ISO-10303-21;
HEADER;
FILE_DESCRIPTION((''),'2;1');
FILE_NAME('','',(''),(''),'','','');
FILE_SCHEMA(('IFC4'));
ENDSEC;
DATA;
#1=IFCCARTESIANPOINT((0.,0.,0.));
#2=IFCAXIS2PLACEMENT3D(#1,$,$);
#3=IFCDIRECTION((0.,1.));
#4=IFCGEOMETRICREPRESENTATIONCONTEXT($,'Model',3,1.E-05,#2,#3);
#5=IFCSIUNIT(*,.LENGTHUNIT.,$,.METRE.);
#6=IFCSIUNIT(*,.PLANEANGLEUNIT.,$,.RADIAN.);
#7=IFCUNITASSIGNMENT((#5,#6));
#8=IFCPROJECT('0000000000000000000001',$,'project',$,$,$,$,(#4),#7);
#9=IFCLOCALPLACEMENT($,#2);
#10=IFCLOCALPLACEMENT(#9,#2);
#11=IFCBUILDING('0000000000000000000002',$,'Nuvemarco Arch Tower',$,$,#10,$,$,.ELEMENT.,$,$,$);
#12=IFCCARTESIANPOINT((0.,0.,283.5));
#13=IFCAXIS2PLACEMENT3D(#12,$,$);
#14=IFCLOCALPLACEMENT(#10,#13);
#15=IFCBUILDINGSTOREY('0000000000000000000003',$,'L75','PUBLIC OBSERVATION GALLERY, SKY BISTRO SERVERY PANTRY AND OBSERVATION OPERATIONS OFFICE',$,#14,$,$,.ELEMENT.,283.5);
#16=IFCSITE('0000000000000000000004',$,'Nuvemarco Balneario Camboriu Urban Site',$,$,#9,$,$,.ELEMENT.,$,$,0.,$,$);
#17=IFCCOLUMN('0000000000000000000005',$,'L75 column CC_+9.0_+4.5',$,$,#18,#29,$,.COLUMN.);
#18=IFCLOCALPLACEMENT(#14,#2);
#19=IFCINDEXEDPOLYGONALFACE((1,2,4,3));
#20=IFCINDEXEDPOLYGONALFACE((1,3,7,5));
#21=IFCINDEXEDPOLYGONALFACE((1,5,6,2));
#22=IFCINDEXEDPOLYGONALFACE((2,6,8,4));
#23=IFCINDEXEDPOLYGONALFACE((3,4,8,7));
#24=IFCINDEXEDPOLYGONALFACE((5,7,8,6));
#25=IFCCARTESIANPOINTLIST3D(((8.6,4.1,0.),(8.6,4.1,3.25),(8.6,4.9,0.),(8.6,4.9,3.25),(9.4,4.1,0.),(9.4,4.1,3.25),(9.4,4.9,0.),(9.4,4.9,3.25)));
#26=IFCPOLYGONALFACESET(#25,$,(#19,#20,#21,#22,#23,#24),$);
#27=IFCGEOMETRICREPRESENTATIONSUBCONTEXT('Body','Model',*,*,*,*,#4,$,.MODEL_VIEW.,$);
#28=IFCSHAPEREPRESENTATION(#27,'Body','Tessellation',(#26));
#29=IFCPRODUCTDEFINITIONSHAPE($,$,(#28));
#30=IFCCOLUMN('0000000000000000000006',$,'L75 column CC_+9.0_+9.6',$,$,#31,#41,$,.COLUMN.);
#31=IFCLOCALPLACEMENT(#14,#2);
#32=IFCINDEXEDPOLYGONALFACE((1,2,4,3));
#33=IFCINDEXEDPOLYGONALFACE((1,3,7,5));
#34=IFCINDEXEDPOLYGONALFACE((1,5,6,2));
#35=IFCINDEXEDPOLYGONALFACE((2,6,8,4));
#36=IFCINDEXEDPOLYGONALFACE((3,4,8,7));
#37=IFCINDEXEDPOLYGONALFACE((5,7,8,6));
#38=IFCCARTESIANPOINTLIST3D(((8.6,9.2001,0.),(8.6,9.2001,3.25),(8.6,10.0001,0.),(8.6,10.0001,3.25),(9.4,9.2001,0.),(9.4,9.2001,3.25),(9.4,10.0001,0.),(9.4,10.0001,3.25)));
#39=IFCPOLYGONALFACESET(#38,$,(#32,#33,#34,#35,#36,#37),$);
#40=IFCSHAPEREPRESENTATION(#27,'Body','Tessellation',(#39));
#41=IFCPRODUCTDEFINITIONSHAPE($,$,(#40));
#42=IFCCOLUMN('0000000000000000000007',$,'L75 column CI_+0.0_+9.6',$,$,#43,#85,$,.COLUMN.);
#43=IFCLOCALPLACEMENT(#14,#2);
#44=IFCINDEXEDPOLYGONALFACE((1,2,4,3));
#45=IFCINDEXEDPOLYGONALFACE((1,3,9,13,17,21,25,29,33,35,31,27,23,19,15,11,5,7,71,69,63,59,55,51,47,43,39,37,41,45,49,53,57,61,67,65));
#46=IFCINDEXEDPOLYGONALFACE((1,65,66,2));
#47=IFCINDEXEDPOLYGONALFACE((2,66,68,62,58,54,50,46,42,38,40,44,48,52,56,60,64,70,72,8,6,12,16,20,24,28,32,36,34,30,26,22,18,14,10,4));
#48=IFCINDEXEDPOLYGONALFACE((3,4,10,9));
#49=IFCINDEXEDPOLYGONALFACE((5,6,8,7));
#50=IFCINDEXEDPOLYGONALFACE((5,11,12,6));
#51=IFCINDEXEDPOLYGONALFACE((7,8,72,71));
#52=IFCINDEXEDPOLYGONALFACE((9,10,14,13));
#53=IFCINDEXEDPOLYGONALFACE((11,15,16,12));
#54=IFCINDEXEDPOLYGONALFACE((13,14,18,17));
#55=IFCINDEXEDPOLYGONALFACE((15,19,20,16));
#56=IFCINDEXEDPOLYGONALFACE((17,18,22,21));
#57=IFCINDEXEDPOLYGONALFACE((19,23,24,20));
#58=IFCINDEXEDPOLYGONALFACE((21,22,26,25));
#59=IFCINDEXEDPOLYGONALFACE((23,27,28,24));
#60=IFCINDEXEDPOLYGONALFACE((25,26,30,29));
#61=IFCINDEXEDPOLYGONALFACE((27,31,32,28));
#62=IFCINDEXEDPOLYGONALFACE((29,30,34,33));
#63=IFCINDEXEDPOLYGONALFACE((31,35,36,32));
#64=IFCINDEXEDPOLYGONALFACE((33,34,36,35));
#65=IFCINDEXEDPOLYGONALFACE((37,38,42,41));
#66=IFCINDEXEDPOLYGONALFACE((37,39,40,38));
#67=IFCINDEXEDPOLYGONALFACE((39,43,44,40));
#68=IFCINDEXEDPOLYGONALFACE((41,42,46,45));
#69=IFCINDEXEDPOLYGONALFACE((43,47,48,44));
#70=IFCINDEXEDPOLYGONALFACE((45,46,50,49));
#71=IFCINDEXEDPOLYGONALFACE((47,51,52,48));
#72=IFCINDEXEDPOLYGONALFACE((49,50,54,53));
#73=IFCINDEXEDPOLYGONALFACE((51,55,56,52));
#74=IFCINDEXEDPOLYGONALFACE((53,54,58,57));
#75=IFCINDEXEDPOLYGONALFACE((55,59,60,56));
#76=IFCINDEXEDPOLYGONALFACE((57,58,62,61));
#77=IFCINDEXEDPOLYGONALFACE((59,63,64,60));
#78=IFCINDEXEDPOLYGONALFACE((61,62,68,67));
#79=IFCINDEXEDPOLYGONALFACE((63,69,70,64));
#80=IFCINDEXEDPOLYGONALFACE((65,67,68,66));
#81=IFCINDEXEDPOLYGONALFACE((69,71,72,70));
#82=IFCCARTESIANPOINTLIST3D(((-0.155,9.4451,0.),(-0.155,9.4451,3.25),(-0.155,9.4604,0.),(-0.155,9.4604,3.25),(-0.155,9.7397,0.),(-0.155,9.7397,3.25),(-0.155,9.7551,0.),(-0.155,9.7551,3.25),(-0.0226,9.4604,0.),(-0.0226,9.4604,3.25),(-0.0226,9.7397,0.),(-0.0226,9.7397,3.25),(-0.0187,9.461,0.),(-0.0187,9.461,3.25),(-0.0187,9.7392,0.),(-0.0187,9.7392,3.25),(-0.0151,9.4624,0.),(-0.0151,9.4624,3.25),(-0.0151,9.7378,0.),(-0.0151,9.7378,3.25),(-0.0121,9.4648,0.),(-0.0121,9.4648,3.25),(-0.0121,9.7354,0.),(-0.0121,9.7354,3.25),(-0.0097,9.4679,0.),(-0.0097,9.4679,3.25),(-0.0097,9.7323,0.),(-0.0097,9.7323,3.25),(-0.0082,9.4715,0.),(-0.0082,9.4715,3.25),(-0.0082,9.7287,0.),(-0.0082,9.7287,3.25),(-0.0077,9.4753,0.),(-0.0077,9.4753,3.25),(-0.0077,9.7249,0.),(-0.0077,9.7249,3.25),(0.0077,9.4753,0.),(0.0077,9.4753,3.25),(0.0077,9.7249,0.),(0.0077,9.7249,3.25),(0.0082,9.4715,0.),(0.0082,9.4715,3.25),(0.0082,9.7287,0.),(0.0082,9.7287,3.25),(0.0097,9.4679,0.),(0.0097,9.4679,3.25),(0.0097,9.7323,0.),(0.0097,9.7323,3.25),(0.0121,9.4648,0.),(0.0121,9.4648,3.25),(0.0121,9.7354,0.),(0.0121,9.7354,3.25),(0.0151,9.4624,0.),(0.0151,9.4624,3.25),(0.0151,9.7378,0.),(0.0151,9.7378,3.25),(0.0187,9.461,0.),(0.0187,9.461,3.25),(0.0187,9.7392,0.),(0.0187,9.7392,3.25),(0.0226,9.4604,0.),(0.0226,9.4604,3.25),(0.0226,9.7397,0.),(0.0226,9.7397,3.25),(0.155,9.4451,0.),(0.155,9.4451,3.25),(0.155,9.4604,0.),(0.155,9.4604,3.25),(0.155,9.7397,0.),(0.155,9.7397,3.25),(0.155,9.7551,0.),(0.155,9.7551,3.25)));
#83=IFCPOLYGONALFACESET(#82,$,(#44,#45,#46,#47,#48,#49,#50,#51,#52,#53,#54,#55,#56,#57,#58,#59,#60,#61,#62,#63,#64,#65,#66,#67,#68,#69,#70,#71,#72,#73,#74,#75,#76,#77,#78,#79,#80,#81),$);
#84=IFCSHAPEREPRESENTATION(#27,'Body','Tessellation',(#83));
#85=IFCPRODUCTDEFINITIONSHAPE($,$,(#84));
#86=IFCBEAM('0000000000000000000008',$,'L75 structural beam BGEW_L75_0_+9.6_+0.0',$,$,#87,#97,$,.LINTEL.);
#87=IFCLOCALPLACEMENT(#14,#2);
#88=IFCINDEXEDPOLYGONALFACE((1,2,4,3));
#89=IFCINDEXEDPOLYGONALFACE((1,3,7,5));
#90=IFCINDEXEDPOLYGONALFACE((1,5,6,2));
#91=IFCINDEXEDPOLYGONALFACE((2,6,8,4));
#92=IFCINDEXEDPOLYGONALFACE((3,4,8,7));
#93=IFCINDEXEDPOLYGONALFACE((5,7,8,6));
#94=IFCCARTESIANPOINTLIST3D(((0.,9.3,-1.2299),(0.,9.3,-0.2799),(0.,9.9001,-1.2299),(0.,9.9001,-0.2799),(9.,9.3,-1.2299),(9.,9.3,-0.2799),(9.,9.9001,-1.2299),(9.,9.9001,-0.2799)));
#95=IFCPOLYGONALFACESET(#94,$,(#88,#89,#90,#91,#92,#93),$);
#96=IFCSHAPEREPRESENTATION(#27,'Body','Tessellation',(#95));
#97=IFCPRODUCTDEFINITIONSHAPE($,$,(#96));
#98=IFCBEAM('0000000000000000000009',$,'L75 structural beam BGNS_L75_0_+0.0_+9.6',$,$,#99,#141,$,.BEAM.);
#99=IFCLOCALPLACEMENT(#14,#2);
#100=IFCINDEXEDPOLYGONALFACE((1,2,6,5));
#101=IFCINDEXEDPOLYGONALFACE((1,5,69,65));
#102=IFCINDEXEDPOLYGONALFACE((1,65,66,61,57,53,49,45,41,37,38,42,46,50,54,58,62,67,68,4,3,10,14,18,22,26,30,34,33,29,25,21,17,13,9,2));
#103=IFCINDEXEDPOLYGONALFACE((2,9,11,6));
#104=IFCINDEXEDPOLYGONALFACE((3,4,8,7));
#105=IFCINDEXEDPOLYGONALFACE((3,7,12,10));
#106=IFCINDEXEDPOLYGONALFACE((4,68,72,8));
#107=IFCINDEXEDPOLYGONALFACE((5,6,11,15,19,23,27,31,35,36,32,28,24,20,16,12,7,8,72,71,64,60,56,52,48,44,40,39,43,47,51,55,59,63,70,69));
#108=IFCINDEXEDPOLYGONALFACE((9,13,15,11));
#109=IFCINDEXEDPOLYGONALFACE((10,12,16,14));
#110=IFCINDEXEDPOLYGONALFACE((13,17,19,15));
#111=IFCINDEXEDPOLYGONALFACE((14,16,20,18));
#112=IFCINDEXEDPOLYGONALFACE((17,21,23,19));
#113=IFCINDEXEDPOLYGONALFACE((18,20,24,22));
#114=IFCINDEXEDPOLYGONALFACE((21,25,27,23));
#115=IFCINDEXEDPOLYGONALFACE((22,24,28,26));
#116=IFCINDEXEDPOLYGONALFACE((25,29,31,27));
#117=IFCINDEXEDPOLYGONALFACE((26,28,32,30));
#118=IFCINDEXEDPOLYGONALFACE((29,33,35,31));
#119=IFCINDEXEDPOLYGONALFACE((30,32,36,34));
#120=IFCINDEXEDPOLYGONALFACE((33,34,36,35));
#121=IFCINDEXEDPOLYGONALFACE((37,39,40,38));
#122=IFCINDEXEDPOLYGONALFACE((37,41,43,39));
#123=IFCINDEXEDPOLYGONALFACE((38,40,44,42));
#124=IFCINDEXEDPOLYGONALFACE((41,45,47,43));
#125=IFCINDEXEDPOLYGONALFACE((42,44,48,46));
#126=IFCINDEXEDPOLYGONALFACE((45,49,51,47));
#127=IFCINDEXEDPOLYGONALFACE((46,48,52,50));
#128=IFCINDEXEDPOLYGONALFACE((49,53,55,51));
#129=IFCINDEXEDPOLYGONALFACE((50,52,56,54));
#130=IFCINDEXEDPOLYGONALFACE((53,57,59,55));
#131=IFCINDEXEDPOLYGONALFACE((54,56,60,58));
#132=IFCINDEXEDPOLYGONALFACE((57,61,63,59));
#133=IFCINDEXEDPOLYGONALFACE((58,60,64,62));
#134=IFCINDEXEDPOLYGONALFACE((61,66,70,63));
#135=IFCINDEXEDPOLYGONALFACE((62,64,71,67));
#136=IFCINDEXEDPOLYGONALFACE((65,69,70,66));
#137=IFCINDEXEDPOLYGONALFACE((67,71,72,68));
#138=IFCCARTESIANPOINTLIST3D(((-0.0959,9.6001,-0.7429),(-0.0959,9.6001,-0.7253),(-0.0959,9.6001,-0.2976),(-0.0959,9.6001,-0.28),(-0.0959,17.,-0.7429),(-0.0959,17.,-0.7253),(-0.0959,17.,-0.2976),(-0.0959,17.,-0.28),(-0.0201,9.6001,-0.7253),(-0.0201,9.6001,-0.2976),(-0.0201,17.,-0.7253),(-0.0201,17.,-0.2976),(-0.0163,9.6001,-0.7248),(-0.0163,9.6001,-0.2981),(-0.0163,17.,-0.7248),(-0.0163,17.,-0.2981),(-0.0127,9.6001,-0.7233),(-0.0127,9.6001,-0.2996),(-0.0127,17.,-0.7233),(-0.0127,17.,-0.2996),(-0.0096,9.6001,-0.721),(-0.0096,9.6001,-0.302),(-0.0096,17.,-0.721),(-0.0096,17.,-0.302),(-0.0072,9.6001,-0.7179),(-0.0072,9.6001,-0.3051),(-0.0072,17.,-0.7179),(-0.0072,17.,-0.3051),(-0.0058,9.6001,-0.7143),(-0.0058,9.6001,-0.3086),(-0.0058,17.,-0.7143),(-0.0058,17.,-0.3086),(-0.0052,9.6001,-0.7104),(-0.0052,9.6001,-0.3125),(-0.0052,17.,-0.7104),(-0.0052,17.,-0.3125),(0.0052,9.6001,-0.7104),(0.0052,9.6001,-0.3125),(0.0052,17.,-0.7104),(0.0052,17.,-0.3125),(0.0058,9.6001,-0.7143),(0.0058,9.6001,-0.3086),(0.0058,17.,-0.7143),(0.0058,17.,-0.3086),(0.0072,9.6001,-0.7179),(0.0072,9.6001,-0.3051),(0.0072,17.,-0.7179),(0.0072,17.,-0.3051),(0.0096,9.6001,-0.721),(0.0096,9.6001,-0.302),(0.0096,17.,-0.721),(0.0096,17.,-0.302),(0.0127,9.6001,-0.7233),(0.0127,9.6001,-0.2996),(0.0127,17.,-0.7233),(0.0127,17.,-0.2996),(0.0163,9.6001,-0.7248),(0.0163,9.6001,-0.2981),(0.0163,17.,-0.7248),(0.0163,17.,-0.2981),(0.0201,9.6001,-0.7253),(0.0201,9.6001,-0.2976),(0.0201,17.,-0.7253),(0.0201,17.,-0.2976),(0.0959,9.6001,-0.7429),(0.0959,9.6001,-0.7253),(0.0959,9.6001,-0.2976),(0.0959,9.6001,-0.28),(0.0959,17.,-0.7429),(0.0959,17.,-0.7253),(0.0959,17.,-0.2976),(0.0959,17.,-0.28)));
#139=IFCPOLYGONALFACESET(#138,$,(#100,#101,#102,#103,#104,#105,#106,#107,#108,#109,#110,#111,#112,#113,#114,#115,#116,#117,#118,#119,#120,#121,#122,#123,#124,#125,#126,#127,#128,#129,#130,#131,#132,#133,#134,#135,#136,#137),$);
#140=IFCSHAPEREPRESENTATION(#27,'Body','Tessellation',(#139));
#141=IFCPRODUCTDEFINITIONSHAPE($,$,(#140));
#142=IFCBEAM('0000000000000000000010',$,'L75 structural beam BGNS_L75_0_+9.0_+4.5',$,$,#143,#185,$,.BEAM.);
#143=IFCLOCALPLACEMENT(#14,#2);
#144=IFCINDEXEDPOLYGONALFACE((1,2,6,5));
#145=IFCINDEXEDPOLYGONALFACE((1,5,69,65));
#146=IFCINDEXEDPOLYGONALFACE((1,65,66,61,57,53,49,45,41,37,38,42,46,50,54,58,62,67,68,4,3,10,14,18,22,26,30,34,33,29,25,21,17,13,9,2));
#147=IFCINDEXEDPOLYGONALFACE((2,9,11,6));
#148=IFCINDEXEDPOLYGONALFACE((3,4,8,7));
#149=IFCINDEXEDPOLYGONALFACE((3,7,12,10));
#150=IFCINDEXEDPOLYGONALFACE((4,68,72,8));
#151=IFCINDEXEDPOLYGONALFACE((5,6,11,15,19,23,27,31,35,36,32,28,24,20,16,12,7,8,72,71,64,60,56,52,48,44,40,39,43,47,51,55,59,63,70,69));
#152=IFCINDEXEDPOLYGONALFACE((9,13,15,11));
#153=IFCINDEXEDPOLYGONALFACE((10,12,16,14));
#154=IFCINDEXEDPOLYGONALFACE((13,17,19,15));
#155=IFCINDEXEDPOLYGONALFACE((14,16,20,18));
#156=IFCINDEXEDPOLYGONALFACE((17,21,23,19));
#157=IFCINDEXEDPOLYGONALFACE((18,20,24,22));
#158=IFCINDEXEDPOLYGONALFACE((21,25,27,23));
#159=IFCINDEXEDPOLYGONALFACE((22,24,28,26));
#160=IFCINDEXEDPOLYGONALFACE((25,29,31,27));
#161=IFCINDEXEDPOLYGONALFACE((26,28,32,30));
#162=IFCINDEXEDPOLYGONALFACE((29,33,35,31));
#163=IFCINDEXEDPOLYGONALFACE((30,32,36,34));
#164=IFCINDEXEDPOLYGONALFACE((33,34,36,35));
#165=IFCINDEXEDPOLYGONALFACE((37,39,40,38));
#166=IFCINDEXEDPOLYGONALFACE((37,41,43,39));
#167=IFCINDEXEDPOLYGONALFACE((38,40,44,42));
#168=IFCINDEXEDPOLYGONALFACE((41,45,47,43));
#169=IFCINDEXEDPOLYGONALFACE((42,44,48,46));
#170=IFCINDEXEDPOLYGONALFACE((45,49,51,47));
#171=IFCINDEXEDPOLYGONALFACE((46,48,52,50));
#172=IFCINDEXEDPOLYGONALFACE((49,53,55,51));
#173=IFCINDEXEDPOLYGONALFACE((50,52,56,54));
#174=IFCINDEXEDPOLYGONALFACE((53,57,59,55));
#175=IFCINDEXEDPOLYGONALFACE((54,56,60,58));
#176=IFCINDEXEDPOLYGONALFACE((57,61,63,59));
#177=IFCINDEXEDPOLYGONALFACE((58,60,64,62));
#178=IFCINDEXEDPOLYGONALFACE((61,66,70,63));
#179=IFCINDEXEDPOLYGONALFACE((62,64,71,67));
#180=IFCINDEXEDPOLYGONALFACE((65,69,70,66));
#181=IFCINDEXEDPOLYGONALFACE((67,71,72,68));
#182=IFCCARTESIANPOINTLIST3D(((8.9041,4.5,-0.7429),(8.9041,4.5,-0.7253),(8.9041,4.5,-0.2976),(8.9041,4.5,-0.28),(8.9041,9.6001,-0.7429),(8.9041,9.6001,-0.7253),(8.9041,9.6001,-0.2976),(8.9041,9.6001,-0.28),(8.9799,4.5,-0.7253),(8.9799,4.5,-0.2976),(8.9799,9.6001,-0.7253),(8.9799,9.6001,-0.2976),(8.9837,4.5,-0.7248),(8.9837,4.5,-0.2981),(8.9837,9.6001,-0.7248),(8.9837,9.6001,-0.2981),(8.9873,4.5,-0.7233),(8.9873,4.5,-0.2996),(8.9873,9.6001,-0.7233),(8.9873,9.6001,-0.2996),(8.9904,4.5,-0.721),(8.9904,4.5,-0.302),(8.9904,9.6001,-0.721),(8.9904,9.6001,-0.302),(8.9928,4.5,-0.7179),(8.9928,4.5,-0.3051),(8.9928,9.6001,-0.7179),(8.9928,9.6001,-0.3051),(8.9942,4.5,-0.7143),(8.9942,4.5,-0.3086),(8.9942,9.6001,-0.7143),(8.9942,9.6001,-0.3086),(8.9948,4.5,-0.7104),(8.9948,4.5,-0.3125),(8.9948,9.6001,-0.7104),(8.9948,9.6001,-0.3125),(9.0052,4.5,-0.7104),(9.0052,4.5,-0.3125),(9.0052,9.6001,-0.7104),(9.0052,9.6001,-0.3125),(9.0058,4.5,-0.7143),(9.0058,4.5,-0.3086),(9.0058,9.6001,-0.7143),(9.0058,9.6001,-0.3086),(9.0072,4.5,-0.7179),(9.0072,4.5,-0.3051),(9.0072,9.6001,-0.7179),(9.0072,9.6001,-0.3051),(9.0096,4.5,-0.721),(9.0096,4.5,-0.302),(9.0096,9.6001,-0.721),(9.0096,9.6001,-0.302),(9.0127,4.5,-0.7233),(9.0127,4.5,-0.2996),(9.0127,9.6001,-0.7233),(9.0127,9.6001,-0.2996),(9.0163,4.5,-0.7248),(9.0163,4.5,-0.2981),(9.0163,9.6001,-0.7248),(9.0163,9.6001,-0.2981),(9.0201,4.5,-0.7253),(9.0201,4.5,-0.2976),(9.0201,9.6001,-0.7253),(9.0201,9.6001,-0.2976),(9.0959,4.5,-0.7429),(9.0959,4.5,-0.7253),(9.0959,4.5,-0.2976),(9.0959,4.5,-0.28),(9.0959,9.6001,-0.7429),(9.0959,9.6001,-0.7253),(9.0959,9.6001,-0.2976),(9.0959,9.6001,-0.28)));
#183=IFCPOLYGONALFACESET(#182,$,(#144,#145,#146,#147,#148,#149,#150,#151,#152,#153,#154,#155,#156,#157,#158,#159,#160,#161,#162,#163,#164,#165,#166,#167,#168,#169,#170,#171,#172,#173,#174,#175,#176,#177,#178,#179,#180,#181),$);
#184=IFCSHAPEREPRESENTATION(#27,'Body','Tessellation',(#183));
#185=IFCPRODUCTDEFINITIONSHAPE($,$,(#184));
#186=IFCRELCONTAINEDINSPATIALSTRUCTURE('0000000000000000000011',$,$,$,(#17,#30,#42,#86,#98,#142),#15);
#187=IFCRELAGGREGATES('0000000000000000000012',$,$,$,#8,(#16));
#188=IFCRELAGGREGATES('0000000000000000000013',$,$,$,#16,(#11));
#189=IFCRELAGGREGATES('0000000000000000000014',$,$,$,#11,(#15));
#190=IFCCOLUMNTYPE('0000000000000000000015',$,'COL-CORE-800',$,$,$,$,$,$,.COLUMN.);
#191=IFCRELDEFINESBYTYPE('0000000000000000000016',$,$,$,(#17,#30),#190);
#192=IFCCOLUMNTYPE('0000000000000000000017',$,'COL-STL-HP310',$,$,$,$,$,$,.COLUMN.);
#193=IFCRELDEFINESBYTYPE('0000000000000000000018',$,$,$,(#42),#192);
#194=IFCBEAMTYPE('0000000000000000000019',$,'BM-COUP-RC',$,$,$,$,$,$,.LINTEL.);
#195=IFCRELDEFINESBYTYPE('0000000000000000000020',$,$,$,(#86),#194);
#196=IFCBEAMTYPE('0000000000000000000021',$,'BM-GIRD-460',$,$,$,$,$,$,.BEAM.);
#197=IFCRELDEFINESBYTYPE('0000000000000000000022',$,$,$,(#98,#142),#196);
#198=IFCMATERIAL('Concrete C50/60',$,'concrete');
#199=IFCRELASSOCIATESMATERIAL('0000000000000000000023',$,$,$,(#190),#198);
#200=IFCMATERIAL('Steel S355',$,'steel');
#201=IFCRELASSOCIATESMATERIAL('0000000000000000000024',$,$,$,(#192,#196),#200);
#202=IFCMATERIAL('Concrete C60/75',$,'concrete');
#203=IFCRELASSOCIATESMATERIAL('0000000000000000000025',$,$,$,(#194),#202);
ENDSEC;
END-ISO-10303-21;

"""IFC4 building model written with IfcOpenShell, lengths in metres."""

from ifc_helpers import new_model, si_unit, direction, frame, origin, origin_2d, place, context, subcontext, project, spatial, rectangle, i_section, extrude, material, material_profile, profile_set, type_object, element, save


model = new_model("IFC4")

# Units and contexts
model_context = context("Model", 3, precision=1e-05, world=origin(), true_north=direction((0.0, 1.0)))
body_context = subcontext(model_context, "Body", "Model", "MODEL_VIEW")
ifc_project = project(units=[si_unit("LENGTHUNIT", "METRE"), si_unit("PLANEANGLEUNIT", "RADIAN")], contexts=[model_context])

# Site, building, storey
site_placement = place(None, origin())
site = spatial("IfcSite", under=ifc_project, at=site_placement, Name="Nuvemarco Balneario Camboriu Urban Site", CompositionType="ELEMENT", RefElevation=0.0)
building_placement = place(site_placement, origin())
building = spatial("IfcBuilding", under=site, at=building_placement, Name="Nuvemarco Arch Tower", CompositionType="ELEMENT")
storey_placement = place(building_placement, frame((0.0, 0.0, 283.5)))
storey = spatial("IfcBuildingStorey", under=building, at=storey_placement, Name="L75", Description="PUBLIC OBSERVATION GALLERY, SKY BISTRO SERVERY PANTRY AND OBSERVATION OPERATIONS OFFICE", CompositionType="ELEMENT", Elevation=283.5)

# Columns
ifc_material_1 = material(Name="Concrete C50/60", Category="concrete")
ifc_material_profile_1 = material_profile(ifc_material_1, rectangle(XDim=0.8, YDim=0.8, at=origin_2d()), Name="RC-COL-800x800")
ifc_profile_set_1 = profile_set([ifc_material_profile_1], Name="Concrete C50/60")
column_type_1 = type_object("IfcColumnType", Name="COL-CORE-800", PredefinedType="COLUMN", material=ifc_profile_set_1)
for number, where, z_axis, x_axis, name in (
    (1, (9.0, 4.5, 0.0), (0.0, 0.0, 1.0), (1.0, 0.0, 0.0), "L75 column CC_+9.0_+4.5"),
    (2, (9.0, 9.6001, 0.0), (0.0, 0.0, 1.0), (1.0, 0.0, 0.0), "L75 column CC_+9.0_+9.6"),
):
    element("IfcColumn", number, at=place(storey_placement, frame(where, z_axis=z_axis, x_axis=x_axis)), inside=storey, type_object=column_type_1, Name=name, PredefinedType="COLUMN", context=body_context, shape_type="SweptSolid", body=[
        extrude(rectangle(XDim=0.8, YDim=0.8, at=origin_2d()), origin(), (0.0, 0.0, 1.0), 3.25),
    ])
ifc_material_2 = material(Name="Steel S355", Category="steel")
ifc_material_profile_2 = material_profile(ifc_material_2, i_section(OverallWidth=0.3101, OverallDepth=0.3101, WebThickness=0.0154, FlangeThickness=0.0154, FilletRadius=0.0149, at=origin_2d()), Name="HP310x110")
ifc_profile_set_2 = profile_set([ifc_material_profile_2], Name="Steel S355")
column_type_2 = type_object("IfcColumnType", Name="COL-STL-HP310", PredefinedType="COLUMN", material=ifc_profile_set_2)
column_placement = place(storey_placement, frame((0.0, 9.6001, 0.0), z_axis=(0.0, 0.0, 1.0), x_axis=(1.0, 0.0, 0.0)))
element("IfcColumn", 3, at=column_placement, inside=storey, type_object=column_type_2, Name="L75 column CI_+0.0_+9.6", PredefinedType="COLUMN", context=body_context, shape_type="SweptSolid", body=[
    extrude(i_section(OverallWidth=0.3101, OverallDepth=0.3101, WebThickness=0.0154, FlangeThickness=0.0154, FilletRadius=0.0149, at=origin_2d()), origin(), (0.0, 0.0, 1.0), 3.25),
])

# Beams
ifc_material_3 = material(Name="Concrete C60/75", Category="concrete")
ifc_material_profile_3 = material_profile(ifc_material_3, rectangle(XDim=0.6001, YDim=0.95, at=origin_2d()), Name="RC-BM-600x950")
ifc_profile_set_3 = profile_set([ifc_material_profile_3], Name="Concrete C60/75")
beam_type_1 = type_object("IfcBeamType", Name="BM-COUP-RC", PredefinedType="LINTEL", material=ifc_profile_set_3)
beam_1_placement = place(storey_placement, frame((0.0, 9.6001, -0.7549), z_axis=(1.0, 0.0, 0.0), x_axis=(0.0, 1.0, 0.0)))
element("IfcBeam", 4, at=beam_1_placement, inside=storey, type_object=beam_type_1, Name="L75 structural beam BGEW_L75_0_+9.6_+0.0", PredefinedType="LINTEL", context=body_context, shape_type="SweptSolid", body=[
    extrude(rectangle(XDim=0.6001, YDim=0.95, at=origin_2d()), origin(), (0.0, 0.0, 1.0), 9.0),
])
ifc_material_profile_4 = material_profile(ifc_material_2, i_section(OverallWidth=0.1919, OverallDepth=0.4629, WebThickness=0.0105, FlangeThickness=0.0176, FilletRadius=0.0149, at=origin_2d()), Name="W460x89")
ifc_profile_set_4 = profile_set([ifc_material_profile_4], Name="Steel S355")
beam_type_2 = type_object("IfcBeamType", Name="BM-GIRD-460", PredefinedType="BEAM", material=ifc_profile_set_4)
beam_2_placement = place(storey_placement, frame((0.0, 9.6001, -0.5115), z_axis=(0.0, 1.0, 0.0), x_axis=(-1.0, 0.0, 0.0)))
element("IfcBeam", 5, at=beam_2_placement, inside=storey, type_object=beam_type_2, Name="L75 structural beam BGNS_L75_0_+0.0_+9.6", PredefinedType="BEAM", context=body_context, shape_type="SweptSolid", body=[
    extrude(i_section(OverallWidth=0.1919, OverallDepth=0.4629, WebThickness=0.0105, FlangeThickness=0.0176, FilletRadius=0.0149, at=origin_2d()), origin(), (0.0, 0.0, 1.0), 7.3999),
])
beam_3_placement = place(storey_placement, frame((9.0, 4.5, -0.5115), z_axis=(0.0, 1.0, 0.0), x_axis=(-1.0, 0.0, 0.0)))
element("IfcBeam", 6, at=beam_3_placement, inside=storey, type_object=beam_type_2, Name="L75 structural beam BGNS_L75_0_+9.0_+4.5", PredefinedType="BEAM", context=body_context, shape_type="SweptSolid", body=[
    extrude(i_section(OverallWidth=0.1919, OverallDepth=0.4629, WebThickness=0.0105, FlangeThickness=0.0176, FilletRadius=0.0149, at=origin_2d()), origin(), (0.0, 0.0, 1.0), 5.1001),
])

save(model, "model.ifc")
